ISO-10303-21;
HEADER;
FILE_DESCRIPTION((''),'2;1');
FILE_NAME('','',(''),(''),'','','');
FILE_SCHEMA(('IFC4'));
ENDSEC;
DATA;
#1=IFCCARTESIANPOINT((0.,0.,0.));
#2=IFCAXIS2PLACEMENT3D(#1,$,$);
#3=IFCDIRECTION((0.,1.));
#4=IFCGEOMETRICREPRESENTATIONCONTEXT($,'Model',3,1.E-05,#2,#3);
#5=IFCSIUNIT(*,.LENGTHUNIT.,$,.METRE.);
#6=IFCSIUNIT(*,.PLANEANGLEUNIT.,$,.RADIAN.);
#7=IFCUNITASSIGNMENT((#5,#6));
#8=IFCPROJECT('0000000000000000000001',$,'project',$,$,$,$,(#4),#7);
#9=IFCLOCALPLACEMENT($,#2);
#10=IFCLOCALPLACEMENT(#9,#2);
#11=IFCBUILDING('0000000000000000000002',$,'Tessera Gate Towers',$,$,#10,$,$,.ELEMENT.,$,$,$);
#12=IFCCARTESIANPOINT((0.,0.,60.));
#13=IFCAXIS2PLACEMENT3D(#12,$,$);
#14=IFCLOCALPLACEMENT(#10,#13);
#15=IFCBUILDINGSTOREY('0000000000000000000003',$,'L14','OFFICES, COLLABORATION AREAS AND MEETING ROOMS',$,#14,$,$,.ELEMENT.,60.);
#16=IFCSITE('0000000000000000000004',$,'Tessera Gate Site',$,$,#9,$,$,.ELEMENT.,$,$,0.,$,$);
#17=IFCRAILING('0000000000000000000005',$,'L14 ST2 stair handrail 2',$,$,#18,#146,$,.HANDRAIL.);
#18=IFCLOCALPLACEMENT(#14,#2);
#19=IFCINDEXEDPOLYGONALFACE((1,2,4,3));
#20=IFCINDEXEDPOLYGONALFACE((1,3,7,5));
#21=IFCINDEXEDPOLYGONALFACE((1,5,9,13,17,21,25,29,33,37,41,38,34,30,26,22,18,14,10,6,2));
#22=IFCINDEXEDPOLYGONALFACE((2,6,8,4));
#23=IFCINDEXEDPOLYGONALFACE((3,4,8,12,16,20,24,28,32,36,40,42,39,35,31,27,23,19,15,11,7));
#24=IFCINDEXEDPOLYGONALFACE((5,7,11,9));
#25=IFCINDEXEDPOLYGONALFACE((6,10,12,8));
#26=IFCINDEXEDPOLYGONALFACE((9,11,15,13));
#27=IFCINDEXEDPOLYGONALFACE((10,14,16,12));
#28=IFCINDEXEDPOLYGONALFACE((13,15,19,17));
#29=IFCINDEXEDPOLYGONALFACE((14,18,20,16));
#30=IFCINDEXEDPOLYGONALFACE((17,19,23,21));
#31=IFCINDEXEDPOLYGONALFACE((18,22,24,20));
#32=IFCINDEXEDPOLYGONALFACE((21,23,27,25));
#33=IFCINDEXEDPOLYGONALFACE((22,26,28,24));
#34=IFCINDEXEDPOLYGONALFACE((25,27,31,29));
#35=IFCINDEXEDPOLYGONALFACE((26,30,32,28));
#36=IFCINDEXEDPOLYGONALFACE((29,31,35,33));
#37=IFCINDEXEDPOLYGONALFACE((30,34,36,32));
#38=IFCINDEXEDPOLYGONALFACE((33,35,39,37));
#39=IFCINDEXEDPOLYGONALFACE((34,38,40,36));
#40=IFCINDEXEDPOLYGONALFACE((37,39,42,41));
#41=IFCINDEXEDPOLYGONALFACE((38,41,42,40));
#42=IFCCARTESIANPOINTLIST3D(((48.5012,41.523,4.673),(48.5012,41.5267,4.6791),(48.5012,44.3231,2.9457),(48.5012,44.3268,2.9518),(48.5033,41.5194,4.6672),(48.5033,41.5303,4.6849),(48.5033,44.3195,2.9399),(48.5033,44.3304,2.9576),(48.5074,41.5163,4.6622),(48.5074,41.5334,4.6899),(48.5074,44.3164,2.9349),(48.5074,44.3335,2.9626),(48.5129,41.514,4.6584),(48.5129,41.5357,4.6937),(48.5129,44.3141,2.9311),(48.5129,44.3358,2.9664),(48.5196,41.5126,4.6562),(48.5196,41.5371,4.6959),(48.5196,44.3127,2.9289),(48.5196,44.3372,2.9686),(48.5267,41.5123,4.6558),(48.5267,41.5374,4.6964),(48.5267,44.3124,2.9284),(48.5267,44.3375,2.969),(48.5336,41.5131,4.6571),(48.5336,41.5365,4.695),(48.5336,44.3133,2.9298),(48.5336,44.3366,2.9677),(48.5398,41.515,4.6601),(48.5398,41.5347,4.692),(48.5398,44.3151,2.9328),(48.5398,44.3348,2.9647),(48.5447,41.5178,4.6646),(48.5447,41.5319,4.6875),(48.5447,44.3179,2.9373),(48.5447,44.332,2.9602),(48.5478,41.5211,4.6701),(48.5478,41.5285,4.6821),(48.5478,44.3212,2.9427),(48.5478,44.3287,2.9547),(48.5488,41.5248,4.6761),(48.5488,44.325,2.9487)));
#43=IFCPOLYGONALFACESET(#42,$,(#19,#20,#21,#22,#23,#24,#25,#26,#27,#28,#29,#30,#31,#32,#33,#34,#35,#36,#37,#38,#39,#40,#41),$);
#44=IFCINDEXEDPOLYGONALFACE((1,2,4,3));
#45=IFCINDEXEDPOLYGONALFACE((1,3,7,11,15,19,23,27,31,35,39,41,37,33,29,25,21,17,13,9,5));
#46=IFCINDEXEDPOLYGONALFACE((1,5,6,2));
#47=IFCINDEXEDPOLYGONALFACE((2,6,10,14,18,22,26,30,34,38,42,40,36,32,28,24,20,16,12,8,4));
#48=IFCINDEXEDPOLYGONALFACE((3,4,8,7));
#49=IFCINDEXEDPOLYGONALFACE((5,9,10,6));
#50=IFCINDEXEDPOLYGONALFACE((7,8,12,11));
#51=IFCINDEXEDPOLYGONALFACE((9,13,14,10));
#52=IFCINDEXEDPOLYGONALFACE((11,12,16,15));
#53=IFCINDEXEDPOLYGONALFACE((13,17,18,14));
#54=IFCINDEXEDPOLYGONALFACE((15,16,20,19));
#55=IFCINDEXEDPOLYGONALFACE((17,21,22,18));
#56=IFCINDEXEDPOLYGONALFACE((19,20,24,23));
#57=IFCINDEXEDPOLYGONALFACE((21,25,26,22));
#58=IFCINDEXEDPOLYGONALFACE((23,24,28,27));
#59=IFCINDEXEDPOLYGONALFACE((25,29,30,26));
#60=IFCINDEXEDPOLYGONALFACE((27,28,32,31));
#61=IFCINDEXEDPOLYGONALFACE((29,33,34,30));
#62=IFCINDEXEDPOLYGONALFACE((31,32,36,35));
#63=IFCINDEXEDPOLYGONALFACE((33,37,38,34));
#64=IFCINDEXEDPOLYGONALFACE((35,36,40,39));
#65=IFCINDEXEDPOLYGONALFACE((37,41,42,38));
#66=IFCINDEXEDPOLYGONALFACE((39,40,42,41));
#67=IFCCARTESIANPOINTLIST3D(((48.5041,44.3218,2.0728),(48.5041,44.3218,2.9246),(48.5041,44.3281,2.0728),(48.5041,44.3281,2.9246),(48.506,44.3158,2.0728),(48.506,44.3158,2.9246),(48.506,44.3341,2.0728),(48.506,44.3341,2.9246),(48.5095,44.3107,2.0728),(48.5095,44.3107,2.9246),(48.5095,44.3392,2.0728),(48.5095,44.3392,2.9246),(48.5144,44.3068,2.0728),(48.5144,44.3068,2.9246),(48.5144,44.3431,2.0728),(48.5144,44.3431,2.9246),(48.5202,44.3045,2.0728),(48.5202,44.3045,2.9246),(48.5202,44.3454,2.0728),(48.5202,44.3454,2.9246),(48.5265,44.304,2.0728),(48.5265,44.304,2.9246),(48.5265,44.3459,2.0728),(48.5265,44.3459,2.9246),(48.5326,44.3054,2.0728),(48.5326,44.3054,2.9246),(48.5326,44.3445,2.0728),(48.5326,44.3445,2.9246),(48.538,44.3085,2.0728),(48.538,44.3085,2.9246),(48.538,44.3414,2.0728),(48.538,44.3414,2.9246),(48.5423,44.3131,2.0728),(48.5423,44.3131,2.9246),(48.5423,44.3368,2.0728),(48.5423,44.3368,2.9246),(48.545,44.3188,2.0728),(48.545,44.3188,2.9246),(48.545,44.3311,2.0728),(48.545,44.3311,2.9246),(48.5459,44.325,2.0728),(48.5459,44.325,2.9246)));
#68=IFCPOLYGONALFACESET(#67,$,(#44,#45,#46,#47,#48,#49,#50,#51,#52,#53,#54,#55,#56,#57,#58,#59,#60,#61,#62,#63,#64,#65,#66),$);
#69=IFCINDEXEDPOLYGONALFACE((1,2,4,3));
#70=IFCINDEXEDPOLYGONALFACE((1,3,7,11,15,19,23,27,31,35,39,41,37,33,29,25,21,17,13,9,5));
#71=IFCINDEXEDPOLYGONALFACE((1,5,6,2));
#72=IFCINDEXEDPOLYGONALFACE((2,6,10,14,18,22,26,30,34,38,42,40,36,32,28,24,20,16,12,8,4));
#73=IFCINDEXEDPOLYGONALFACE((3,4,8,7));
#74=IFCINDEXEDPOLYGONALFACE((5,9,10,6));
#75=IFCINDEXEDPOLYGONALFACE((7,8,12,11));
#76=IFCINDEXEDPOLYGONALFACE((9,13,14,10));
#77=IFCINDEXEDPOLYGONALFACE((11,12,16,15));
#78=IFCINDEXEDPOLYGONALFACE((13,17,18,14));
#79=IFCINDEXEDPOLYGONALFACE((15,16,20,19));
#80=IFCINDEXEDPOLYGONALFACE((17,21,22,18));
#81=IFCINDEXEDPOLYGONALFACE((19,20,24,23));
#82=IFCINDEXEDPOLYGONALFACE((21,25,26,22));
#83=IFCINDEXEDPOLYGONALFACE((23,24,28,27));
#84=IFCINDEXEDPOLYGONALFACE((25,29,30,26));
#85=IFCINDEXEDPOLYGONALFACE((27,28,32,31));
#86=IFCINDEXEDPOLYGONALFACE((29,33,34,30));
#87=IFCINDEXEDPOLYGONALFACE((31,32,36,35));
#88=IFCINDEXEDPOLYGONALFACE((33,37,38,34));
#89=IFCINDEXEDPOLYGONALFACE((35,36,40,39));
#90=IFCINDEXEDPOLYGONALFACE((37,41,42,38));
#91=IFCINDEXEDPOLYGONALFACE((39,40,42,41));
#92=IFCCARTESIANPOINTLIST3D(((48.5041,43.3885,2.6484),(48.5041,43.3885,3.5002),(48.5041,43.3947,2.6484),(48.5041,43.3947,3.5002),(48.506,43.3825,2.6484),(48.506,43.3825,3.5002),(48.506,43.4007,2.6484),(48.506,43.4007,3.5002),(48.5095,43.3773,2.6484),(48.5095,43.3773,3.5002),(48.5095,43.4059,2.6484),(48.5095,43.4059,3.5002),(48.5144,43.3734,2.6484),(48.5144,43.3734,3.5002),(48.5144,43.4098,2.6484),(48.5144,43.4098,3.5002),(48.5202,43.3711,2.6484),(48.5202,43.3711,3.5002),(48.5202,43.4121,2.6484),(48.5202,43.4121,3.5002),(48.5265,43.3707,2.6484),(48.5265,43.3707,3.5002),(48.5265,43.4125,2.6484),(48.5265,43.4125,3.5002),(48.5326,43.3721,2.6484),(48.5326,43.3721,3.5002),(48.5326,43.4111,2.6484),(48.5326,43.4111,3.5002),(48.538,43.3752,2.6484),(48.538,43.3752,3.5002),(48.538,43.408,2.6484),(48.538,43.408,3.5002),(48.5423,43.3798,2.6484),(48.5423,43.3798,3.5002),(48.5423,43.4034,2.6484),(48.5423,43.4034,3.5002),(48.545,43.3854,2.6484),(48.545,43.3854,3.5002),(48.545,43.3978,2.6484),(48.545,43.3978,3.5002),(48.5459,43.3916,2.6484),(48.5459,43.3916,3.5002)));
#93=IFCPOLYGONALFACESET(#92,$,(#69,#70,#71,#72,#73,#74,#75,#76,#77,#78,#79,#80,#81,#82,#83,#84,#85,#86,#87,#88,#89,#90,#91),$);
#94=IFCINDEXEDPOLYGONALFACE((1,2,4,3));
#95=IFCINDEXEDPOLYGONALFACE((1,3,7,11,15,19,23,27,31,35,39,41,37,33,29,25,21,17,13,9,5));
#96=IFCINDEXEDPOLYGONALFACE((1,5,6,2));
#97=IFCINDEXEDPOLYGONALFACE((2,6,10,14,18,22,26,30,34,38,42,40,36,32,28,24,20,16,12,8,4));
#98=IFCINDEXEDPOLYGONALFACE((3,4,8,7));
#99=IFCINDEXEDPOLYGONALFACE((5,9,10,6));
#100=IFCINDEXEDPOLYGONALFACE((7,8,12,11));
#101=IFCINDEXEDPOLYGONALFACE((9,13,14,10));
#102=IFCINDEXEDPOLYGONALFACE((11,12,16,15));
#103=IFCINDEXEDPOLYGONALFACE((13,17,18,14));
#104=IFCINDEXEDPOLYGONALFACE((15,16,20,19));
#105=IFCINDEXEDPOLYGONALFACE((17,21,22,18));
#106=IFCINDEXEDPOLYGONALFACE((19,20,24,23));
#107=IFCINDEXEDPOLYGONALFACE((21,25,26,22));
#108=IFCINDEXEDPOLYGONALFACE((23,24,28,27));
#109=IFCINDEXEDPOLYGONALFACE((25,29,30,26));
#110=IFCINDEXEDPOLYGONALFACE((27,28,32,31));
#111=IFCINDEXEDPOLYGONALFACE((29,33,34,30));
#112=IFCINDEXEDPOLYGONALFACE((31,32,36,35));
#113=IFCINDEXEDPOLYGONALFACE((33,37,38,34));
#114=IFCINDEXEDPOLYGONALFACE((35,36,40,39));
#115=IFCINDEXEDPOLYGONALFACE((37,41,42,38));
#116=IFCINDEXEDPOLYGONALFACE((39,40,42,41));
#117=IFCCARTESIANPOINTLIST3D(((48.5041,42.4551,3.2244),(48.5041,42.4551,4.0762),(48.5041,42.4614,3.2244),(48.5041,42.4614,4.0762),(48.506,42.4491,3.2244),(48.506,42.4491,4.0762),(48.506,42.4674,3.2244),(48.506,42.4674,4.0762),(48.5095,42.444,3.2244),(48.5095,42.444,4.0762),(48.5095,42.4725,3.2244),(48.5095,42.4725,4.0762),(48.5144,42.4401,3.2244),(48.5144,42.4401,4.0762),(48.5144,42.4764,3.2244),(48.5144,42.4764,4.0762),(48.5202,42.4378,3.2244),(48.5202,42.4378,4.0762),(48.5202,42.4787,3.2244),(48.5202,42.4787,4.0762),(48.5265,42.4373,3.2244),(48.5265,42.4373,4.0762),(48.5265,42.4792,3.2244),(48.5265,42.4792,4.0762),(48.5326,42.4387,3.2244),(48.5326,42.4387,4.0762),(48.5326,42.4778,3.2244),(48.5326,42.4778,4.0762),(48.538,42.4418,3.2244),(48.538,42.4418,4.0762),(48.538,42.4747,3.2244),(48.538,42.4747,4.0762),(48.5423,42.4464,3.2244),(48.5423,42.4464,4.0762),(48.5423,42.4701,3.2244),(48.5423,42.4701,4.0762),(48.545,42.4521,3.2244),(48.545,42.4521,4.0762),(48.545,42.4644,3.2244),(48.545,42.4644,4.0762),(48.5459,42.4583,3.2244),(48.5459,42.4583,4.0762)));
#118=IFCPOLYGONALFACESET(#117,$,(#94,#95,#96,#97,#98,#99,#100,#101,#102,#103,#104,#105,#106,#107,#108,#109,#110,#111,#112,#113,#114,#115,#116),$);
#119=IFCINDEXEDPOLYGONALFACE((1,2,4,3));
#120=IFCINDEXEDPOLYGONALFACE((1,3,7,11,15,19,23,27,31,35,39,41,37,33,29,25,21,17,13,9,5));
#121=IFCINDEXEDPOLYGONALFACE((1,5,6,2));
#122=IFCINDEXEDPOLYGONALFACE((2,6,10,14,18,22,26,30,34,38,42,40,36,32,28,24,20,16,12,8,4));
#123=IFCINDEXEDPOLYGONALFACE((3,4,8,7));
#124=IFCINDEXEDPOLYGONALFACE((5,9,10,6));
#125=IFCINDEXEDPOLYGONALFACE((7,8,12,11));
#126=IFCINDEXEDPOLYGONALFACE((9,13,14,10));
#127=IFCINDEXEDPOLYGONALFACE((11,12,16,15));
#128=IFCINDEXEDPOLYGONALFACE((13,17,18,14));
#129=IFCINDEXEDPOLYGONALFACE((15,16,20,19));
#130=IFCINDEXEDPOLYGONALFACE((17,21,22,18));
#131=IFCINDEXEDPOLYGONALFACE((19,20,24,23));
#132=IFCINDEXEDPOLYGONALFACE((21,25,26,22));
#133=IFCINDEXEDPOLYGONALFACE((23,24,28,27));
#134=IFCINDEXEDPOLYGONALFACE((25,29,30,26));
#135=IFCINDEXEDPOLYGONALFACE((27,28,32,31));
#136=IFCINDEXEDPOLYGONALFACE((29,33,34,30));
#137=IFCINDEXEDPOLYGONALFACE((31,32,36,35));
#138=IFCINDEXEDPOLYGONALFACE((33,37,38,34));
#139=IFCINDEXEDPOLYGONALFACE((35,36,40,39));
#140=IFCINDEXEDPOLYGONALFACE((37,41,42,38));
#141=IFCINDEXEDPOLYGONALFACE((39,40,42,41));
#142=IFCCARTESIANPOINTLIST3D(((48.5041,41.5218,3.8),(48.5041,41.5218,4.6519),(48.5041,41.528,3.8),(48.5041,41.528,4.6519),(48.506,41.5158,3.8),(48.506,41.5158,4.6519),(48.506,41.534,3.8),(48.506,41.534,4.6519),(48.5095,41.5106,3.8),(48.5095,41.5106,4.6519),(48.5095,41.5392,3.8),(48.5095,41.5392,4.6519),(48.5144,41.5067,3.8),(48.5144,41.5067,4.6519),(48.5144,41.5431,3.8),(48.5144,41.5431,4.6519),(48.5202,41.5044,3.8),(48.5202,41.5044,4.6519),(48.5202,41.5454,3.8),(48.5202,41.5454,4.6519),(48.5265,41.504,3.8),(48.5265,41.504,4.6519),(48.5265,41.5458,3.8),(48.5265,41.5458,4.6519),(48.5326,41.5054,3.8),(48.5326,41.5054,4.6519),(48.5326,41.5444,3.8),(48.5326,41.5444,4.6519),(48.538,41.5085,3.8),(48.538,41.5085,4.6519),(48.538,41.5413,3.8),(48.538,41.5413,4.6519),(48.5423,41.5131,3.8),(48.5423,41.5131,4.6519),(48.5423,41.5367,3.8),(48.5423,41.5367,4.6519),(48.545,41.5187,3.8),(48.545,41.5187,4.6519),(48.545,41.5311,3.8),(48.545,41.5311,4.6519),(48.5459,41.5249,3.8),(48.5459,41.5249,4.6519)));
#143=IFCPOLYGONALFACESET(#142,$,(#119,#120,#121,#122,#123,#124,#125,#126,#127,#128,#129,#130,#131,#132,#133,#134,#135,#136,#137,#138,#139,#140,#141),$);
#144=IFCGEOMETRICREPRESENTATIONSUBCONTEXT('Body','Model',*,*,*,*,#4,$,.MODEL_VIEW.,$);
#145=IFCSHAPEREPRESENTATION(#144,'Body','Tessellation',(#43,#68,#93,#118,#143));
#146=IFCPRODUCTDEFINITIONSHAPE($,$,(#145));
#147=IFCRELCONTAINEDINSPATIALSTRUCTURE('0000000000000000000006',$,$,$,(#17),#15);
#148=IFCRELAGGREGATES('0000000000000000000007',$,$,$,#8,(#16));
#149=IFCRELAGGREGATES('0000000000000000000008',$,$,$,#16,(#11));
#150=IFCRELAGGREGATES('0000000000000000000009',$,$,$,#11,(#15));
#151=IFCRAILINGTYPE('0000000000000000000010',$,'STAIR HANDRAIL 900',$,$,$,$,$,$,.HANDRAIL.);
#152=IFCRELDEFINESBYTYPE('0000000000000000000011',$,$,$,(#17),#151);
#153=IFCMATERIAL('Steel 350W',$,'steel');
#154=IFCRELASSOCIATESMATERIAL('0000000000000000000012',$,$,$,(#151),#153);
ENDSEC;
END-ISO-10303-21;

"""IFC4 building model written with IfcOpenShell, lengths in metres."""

from ifc_helpers import new_model, si_unit, direction, frame, origin, origin_2d, place, context, subcontext, project, spatial, circle, extrude, material, type_object, element, save


model = new_model("IFC4")

# Units and contexts
model_context = context("Model", 3, precision=1e-05, world=origin(), true_north=direction((0.0, 1.0)))
body_context = subcontext(model_context, "Body", "Model", "MODEL_VIEW")
ifc_project = project(units=[si_unit("LENGTHUNIT", "METRE"), si_unit("PLANEANGLEUNIT", "RADIAN")], contexts=[model_context])

# Site, building, storey
site_placement = place(None, origin())
site = spatial("IfcSite", under=ifc_project, at=site_placement, Name="Tessera Gate Site", CompositionType="ELEMENT", RefElevation=0.0)
building_placement = place(site_placement, origin())
building = spatial("IfcBuilding", under=site, at=building_placement, Name="Tessera Gate Towers", CompositionType="ELEMENT")
storey_placement = place(building_placement, frame((0.0, 0.0, 60.0)))
storey = spatial("IfcBuildingStorey", under=building, at=storey_placement, Name="L14", Description="OFFICES, COLLABORATION AREAS AND MEETING ROOMS", CompositionType="ELEMENT", Elevation=60.0)

# Railing
ifc_material_1 = material(Name="Steel 350W", Category="steel")
railing_type = type_object("IfcRailingType", Name="STAIR HANDRAIL 900", PredefinedType="HANDRAIL", material=ifc_material_1)
railing_placement = place(storey_placement, frame((48.5249, 44.325, 2.0728)))
element("IfcRailing", 1, at=railing_placement, inside=storey, type_object=railing_type, Name="L14 ST2 stair handrail 2", PredefinedType="HANDRAIL", context=body_context, shape_type="SweptSolid", body=[
    extrude(circle(Radius=0.0239, at=origin_2d()), frame((0.0, 0.0, 0.876), z_axis=(0.0, -0.85109, 0.52502), x_axis=(1.0, 0.0, 0.0)), (0.0, 0.0, 1.0), 3.29),
    extrude(circle(Radius=0.021, at=origin_2d()), origin(), (0.0, 0.0, 1.0), 0.8518),
    extrude(circle(Radius=0.021, at=origin_2d()), frame((0.0, -0.9333, 0.5757)), (0.0, 0.0, 1.0), 0.8518),
    extrude(circle(Radius=0.021, at=origin_2d()), frame((0.0, -1.8667, 1.1516)), (0.0, 0.0, 1.0), 0.8518),
    extrude(circle(Radius=0.021, at=origin_2d()), frame((0.0, -2.8, 1.7273)), (0.0, 0.0, 1.0), 0.8518),
])

save(model, "model.ifc")
